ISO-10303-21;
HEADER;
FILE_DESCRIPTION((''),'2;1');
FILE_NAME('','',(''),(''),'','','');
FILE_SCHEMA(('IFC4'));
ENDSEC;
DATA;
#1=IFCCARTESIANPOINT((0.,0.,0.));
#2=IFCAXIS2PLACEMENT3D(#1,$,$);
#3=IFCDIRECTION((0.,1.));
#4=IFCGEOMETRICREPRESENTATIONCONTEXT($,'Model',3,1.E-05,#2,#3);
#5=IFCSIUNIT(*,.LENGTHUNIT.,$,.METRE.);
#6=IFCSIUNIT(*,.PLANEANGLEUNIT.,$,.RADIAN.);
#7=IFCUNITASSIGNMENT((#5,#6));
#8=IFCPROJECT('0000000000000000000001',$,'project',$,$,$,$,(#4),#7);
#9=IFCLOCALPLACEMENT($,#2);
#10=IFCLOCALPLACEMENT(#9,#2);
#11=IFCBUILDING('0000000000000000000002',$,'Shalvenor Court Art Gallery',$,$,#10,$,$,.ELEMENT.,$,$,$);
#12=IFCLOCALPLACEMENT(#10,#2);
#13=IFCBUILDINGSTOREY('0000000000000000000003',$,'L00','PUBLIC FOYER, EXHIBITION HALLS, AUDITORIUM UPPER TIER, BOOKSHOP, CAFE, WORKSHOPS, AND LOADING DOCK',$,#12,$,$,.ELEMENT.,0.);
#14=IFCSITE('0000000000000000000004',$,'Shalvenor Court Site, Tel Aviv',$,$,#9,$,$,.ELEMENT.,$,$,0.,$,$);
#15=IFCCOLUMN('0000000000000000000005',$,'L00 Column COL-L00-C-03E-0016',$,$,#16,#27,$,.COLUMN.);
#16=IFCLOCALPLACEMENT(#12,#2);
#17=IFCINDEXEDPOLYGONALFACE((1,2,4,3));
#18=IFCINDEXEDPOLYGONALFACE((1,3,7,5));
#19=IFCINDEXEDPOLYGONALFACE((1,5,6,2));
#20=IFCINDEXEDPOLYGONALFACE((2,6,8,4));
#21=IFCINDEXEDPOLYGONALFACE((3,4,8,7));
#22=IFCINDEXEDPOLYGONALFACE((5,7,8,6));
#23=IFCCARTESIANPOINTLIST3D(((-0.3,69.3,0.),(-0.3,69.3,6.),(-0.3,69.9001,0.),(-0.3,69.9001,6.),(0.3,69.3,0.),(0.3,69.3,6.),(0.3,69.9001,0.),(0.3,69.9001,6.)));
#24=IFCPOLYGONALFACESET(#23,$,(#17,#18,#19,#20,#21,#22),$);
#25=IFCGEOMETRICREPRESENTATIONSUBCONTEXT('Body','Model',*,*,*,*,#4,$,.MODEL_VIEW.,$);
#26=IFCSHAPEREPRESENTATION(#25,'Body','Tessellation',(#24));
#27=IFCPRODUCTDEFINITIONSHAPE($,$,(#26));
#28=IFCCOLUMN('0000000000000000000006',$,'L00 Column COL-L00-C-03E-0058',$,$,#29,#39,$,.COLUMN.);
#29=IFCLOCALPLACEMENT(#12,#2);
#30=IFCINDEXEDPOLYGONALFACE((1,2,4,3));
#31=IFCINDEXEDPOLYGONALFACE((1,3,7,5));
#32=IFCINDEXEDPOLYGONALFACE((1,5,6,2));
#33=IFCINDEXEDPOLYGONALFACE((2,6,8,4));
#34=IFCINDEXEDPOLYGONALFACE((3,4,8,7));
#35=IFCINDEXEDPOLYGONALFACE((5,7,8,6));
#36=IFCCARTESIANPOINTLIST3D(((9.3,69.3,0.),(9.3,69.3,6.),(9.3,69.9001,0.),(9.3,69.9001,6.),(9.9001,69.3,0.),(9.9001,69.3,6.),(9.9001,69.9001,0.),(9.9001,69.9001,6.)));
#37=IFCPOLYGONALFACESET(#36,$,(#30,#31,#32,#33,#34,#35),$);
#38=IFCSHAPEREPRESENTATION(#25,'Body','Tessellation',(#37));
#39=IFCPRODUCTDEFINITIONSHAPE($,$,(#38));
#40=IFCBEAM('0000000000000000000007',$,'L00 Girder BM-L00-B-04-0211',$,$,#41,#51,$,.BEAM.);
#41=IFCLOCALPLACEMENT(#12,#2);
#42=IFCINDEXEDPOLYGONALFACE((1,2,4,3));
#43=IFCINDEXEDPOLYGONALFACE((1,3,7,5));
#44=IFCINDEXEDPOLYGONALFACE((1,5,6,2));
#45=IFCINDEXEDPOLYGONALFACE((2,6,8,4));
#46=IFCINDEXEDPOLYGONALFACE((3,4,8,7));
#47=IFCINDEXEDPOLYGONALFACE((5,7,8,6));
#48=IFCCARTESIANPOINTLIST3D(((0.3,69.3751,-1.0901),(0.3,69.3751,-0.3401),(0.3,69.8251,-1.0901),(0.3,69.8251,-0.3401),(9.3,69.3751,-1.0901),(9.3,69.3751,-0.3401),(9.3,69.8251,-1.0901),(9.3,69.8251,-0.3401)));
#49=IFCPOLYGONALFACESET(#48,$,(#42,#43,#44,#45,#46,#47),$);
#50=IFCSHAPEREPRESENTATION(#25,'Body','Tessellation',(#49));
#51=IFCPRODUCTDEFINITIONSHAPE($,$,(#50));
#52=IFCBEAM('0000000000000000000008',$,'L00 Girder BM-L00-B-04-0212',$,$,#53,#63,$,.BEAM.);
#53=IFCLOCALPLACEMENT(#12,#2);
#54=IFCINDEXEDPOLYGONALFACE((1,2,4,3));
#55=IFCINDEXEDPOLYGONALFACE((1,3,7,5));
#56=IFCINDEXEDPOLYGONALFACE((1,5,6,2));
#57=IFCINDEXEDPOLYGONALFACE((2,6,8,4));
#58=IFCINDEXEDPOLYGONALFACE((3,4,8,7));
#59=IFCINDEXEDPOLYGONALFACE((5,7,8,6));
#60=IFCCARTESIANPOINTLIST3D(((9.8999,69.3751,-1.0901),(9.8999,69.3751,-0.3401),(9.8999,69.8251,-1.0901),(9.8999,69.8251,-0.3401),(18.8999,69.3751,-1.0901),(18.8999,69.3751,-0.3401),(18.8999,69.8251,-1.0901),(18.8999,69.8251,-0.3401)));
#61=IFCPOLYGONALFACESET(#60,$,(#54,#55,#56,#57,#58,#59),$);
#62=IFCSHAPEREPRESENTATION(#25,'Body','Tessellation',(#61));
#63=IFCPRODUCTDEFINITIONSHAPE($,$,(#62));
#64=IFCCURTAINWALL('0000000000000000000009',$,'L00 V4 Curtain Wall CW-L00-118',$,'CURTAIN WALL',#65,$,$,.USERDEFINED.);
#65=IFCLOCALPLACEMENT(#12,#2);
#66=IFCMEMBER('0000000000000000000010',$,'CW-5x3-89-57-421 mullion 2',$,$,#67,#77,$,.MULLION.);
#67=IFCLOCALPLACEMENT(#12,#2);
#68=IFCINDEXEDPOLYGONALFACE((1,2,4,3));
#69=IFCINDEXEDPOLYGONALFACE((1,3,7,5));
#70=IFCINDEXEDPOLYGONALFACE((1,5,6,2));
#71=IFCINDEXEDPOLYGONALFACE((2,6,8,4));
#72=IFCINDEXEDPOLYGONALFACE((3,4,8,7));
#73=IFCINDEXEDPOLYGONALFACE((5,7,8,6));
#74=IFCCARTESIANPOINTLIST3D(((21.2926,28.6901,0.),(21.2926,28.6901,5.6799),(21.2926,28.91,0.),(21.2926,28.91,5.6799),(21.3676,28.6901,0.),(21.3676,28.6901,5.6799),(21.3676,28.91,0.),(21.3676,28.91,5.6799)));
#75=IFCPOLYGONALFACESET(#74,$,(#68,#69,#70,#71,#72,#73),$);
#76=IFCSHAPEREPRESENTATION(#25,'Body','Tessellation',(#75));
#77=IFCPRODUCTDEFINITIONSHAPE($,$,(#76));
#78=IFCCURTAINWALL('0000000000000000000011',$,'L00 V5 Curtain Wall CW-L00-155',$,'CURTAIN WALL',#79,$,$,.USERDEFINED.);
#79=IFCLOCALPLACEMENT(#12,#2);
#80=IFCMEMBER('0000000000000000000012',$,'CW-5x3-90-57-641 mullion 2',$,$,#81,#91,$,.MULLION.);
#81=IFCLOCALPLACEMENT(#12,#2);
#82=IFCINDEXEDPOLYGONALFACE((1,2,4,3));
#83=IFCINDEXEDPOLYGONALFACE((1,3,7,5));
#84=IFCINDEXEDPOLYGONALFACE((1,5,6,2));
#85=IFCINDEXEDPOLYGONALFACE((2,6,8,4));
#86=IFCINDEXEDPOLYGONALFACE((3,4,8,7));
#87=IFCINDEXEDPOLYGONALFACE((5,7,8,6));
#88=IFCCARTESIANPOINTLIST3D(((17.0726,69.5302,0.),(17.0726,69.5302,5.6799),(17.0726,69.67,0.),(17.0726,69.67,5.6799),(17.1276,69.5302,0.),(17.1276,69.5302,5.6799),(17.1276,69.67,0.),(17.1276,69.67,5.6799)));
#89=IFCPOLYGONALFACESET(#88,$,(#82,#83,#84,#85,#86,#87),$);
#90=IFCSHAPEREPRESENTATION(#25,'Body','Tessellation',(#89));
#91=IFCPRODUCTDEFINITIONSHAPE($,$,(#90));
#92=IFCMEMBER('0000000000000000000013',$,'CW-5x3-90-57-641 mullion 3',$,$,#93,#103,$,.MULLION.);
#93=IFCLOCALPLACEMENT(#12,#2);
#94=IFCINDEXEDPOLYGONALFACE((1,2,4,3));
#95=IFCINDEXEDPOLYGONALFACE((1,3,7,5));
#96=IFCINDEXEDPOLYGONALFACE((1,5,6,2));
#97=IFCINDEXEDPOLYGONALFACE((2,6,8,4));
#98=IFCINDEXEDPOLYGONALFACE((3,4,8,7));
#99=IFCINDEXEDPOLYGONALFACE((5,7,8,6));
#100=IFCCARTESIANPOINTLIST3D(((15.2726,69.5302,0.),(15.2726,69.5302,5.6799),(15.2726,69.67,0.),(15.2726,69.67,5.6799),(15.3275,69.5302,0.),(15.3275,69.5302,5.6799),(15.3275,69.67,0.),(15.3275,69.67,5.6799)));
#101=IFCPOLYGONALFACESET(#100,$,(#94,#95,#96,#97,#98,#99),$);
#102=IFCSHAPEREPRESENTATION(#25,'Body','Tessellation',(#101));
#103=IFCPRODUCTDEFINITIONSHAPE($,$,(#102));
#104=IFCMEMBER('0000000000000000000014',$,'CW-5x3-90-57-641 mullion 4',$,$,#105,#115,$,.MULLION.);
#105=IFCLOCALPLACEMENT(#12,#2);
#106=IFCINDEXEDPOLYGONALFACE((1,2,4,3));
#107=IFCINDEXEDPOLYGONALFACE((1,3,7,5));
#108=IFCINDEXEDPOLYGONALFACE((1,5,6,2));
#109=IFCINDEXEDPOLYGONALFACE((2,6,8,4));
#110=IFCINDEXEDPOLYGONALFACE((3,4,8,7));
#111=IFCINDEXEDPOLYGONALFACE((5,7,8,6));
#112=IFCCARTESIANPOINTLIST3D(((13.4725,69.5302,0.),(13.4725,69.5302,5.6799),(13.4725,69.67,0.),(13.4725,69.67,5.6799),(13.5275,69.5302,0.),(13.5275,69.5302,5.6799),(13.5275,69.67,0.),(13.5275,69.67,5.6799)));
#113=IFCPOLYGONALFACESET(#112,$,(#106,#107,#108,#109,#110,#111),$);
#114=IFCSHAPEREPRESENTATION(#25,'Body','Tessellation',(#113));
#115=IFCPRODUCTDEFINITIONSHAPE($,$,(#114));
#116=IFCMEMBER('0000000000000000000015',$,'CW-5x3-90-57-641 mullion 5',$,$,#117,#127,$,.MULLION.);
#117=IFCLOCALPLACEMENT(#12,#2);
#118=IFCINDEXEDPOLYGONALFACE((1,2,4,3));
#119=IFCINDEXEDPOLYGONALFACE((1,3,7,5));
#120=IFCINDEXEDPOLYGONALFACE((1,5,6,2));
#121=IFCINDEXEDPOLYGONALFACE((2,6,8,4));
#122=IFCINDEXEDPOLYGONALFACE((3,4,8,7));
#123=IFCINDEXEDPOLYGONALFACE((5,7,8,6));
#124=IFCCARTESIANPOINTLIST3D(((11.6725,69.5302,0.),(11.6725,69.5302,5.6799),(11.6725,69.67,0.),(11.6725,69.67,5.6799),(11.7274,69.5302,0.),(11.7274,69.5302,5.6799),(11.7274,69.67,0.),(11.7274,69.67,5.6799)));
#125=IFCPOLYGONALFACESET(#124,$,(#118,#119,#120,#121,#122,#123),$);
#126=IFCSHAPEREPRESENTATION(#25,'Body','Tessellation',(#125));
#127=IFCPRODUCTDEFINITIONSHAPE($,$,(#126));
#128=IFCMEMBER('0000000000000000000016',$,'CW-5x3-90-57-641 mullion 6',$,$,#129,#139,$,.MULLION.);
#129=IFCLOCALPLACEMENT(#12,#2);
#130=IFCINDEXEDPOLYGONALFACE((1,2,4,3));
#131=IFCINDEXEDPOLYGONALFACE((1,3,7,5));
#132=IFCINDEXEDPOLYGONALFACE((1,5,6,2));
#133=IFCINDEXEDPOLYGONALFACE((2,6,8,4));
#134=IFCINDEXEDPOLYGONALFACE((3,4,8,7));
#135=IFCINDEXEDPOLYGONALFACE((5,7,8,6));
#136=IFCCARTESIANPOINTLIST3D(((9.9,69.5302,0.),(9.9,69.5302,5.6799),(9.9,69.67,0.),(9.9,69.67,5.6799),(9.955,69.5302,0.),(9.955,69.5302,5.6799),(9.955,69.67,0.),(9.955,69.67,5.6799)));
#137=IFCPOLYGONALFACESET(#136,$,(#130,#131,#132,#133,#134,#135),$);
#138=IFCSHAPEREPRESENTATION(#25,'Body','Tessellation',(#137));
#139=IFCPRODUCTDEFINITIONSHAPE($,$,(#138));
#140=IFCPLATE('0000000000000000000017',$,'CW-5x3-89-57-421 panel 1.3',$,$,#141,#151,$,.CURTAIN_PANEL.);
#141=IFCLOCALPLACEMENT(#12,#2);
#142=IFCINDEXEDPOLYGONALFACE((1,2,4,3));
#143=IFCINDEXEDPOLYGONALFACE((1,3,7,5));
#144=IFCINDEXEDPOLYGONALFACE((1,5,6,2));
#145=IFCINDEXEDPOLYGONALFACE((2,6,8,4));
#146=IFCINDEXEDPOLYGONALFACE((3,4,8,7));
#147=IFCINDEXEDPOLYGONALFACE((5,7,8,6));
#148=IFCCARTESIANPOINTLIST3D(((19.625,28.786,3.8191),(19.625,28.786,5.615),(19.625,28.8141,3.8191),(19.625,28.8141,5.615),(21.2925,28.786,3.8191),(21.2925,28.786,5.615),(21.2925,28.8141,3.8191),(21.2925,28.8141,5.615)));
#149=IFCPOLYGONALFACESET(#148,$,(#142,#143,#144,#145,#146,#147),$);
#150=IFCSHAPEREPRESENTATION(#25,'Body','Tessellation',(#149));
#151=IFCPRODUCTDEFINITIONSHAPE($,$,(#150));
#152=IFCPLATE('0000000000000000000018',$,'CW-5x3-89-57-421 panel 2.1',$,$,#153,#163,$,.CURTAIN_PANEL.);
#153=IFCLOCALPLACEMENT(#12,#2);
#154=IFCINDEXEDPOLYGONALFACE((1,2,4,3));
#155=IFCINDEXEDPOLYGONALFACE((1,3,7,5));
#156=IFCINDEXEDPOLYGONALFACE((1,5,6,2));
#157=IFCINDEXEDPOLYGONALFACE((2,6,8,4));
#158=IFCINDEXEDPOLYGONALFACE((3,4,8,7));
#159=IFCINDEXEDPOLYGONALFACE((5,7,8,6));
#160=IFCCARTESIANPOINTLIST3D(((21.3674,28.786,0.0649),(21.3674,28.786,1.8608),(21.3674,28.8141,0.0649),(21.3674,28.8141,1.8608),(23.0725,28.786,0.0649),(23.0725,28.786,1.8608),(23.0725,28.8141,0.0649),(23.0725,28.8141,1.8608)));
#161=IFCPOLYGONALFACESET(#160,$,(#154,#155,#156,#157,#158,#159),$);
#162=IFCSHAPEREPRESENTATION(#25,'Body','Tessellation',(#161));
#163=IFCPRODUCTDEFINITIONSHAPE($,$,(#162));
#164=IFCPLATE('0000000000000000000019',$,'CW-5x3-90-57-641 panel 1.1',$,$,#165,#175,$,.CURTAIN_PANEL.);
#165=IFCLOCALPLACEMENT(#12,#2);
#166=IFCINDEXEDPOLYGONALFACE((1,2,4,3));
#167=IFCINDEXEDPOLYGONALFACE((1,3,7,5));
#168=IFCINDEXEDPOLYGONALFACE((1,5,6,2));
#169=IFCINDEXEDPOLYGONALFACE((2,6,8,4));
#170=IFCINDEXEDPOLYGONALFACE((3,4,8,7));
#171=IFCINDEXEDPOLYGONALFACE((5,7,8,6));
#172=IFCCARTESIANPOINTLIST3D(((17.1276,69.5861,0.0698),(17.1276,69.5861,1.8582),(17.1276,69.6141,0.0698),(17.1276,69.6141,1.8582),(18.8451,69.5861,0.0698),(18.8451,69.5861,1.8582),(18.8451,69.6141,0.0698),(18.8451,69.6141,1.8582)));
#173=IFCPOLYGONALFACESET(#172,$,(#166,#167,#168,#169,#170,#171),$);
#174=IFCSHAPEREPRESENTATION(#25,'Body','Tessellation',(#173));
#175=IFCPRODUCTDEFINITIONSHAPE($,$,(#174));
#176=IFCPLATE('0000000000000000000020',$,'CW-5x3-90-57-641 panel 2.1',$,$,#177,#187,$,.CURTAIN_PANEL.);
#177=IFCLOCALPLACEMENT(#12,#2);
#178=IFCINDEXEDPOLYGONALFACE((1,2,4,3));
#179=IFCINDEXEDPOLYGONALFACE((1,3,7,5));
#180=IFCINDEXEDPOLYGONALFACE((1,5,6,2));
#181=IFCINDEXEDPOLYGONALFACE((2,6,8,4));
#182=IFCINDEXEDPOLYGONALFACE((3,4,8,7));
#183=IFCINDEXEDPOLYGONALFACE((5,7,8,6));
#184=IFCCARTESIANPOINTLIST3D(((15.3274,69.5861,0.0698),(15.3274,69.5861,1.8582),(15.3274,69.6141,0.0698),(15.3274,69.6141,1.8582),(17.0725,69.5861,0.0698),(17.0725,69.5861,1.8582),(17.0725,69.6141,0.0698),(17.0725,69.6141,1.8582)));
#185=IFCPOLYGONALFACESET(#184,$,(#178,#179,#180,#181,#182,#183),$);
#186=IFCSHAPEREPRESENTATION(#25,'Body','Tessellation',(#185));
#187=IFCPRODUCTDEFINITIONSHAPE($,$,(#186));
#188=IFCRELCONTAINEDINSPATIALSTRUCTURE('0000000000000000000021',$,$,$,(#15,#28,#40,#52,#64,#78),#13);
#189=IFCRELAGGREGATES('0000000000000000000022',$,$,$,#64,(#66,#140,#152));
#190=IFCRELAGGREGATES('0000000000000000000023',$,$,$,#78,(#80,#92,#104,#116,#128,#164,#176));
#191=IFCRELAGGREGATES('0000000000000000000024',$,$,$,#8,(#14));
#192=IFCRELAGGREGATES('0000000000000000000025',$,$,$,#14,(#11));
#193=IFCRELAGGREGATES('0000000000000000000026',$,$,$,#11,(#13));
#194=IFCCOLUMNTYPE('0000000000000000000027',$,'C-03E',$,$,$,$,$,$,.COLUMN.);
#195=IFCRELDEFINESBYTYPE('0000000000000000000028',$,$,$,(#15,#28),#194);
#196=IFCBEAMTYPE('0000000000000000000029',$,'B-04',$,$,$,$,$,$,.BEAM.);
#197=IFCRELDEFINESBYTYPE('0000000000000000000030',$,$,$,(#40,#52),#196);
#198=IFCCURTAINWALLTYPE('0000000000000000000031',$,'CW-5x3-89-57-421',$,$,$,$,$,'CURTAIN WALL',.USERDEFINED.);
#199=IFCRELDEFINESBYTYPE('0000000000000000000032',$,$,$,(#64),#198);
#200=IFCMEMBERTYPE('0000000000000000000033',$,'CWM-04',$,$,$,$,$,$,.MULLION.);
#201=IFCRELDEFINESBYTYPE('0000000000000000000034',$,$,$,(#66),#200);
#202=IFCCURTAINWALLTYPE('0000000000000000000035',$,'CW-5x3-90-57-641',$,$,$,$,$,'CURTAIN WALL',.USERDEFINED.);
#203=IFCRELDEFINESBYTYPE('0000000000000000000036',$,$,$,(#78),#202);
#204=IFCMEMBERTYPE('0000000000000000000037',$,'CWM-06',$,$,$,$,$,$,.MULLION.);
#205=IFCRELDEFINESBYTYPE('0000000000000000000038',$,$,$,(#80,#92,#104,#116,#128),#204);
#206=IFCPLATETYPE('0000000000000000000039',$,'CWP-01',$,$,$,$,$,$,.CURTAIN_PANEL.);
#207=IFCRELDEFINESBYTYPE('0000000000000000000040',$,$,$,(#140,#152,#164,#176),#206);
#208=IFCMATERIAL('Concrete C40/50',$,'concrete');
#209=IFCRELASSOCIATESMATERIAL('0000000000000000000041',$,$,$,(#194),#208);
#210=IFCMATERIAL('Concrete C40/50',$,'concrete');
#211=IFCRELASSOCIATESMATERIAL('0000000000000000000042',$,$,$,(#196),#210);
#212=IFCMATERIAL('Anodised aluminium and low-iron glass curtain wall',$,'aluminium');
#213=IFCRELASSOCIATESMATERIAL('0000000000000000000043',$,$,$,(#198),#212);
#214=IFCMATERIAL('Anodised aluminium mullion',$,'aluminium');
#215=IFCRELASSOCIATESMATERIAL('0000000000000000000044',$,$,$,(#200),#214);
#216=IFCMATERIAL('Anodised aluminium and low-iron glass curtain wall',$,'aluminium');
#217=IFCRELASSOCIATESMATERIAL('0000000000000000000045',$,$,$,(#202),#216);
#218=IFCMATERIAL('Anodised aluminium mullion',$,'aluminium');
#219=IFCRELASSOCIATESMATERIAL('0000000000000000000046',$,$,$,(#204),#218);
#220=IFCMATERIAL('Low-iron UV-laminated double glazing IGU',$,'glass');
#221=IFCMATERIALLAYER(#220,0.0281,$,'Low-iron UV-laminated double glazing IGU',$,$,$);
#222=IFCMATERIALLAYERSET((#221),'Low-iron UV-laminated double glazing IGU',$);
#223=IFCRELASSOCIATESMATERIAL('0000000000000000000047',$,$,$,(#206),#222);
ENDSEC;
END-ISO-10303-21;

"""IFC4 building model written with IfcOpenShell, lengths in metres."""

from ifc_helpers import new_model, si_unit, direction, frame, origin, origin_2d, place, context, subcontext, project, spatial, rectangle, extrude, material, layer, layer_set, material_profile, profile_set, type_object, element, aggregate, save


model = new_model("IFC4")

# Units and contexts
model_context = context("Model", 3, precision=1e-05, world=origin(), true_north=direction((0.0, 1.0)))
body_context = subcontext(model_context, "Body", "Model", "MODEL_VIEW")
ifc_project = project(units=[si_unit("LENGTHUNIT", "METRE"), si_unit("PLANEANGLEUNIT", "RADIAN")], contexts=[model_context])

# Site, building, storey
site_placement = place(None, origin())
site = spatial("IfcSite", under=ifc_project, at=site_placement, Name="Shalvenor Court Site, Tel Aviv", CompositionType="ELEMENT", RefElevation=0.0)
building_placement = place(site_placement, origin())
building = spatial("IfcBuilding", under=site, at=building_placement, Name="Shalvenor Court Art Gallery", CompositionType="ELEMENT")
storey_placement = place(building_placement, origin())
storey = spatial("IfcBuildingStorey", under=building, at=storey_placement, Name="L00", Description="PUBLIC FOYER, EXHIBITION HALLS, AUDITORIUM UPPER TIER, BOOKSHOP, CAFE, WORKSHOPS, AND LOADING DOCK", CompositionType="ELEMENT", Elevation=0.0)

# Columns
ifc_material_1 = material(Name="Concrete C40/50", Category="concrete")
ifc_material_profile_1 = material_profile(ifc_material_1, rectangle(XDim=0.6001, YDim=0.6001, at=origin_2d()), Name="RC 600x600")
ifc_profile_set_1 = profile_set([ifc_material_profile_1], Name="Concrete C40/50")
column_type = type_object("IfcColumnType", Name="C-03E", PredefinedType="COLUMN", material=ifc_profile_set_1)
for number, where, z_axis, x_axis, name in (
    (1, (0.0, 69.6001, 0.0), (0.0, 0.0, 1.0), (1.0, 0.0, 0.0), "L00 Column COL-L00-C-03E-0016"),
    (2, (9.6001, 69.6001, 0.0), (0.0, 0.0, 1.0), (1.0, 0.0, 0.0), "L00 Column COL-L00-C-03E-0058"),
):
    element("IfcColumn", number, at=place(storey_placement, frame(where, z_axis=z_axis, x_axis=x_axis)), inside=storey, type_object=column_type, Name=name, PredefinedType="COLUMN", context=body_context, shape_type="SweptSolid", body=[
        extrude(rectangle(XDim=0.6001, YDim=0.6001, at=origin_2d()), origin(), (0.0, 0.0, 1.0), 6.0),
    ])

# Beams
ifc_material_2 = material(Name="Concrete C40/50", Category="concrete")
ifc_material_profile_2 = material_profile(ifc_material_2, rectangle(XDim=0.45, YDim=0.75, at=origin_2d()), Name="RC 450x750")
ifc_profile_set_2 = profile_set([ifc_material_profile_2], Name="Concrete C40/50")
beam_type = type_object("IfcBeamType", Name="B-04", PredefinedType="BEAM", material=ifc_profile_set_2)
for number, where, z_axis, x_axis, name in (
    (3, (0.3, 69.6001, -0.7151), (1.0, 0.0, 0.0), (0.0, 1.0, 0.0), "L00 Girder BM-L00-B-04-0211"),
    (4, (9.8999, 69.6001, -0.7151), (1.0, 0.0, 0.0), (0.0, 1.0, 0.0), "L00 Girder BM-L00-B-04-0212"),
):
    element("IfcBeam", number, at=place(storey_placement, frame(where, z_axis=z_axis, x_axis=x_axis)), inside=storey, type_object=beam_type, Name=name, PredefinedType="BEAM", context=body_context, shape_type="SweptSolid", body=[
        extrude(rectangle(XDim=0.45, YDim=0.75, at=origin_2d()), origin(), (0.0, 0.0, 1.0), 9.0),
    ])

# Curtain wall, member
ifc_material_3 = material(Name="Anodised aluminium and low-iron glass curtain wall", Category="aluminium")
curtain_wall_type_1 = type_object("IfcCurtainWallType", Name="CW-5x3-89-57-421", ElementType="CURTAIN WALL", PredefinedType="USERDEFINED", material=ifc_material_3)
curtain_wall_1_placement = place(storey_placement, origin())
curtain_wall_1 = element("IfcCurtainWall", 5, at=curtain_wall_1_placement, inside=storey, type_object=curtain_wall_type_1, Name="L00 V4 Curtain Wall CW-L00-118", ObjectType="CURTAIN WALL", PredefinedType="USERDEFINED")
ifc_material_4 = material(Name="Anodised aluminium mullion", Category="aluminium")
ifc_material_profile_3 = material_profile(ifc_material_4, rectangle(XDim=0.075, YDim=0.22, at=origin_2d()), Name="CWM-04")
ifc_profile_set_3 = profile_set([ifc_material_profile_3], Name="Anodised aluminium mullion")
member_type_1 = type_object("IfcMemberType", Name="CWM-04", PredefinedType="MULLION", material=ifc_profile_set_3)
member_1_placement = place(storey_placement, frame((21.3301, 28.8, 0.0), z_axis=(0.0, 0.0, 1.0), x_axis=(1.0, 0.0, 0.0)))
member_1 = element("IfcMember", 6, at=member_1_placement, type_object=member_type_1, Name="CW-5x3-89-57-421 mullion 2", PredefinedType="MULLION", context=body_context, shape_type="SweptSolid", body=[
    extrude(rectangle(XDim=0.075, YDim=0.22, at=origin_2d()), origin(), (0.0, 0.0, 1.0), 5.6799),
])

# Curtain wall, members
ifc_material_5 = material(Name="Anodised aluminium and low-iron glass curtain wall", Category="aluminium")
curtain_wall_type_2 = type_object("IfcCurtainWallType", Name="CW-5x3-90-57-641", ElementType="CURTAIN WALL", PredefinedType="USERDEFINED", material=ifc_material_5)
curtain_wall_2_placement = place(storey_placement, origin())
curtain_wall_2 = element("IfcCurtainWall", 7, at=curtain_wall_2_placement, inside=storey, type_object=curtain_wall_type_2, Name="L00 V5 Curtain Wall CW-L00-155", ObjectType="CURTAIN WALL", PredefinedType="USERDEFINED")
ifc_material_6 = material(Name="Anodised aluminium mullion", Category="aluminium")
ifc_material_profile_4 = material_profile(ifc_material_6, rectangle(XDim=0.0549, YDim=0.1399, at=origin_2d()), Name="CWM-06")
ifc_profile_set_4 = profile_set([ifc_material_profile_4], Name="Anodised aluminium mullion")
member_type_2 = type_object("IfcMemberType", Name="CWM-06", PredefinedType="MULLION", material=ifc_profile_set_4)
member_2_placement = place(storey_placement, frame((17.1001, 69.6001, 0.0), z_axis=(0.0, 0.0, 1.0), x_axis=(-1.0, 0.0, 0.0)))
member_2 = element("IfcMember", 8, at=member_2_placement, type_object=member_type_2, Name="CW-5x3-90-57-641 mullion 2", PredefinedType="MULLION", context=body_context, shape_type="SweptSolid", body=[
    extrude(rectangle(XDim=0.0549, YDim=0.1399, at=origin_2d()), origin(), (0.0, 0.0, 1.0), 5.6799),
])
member_3_placement = place(storey_placement, frame((15.3, 69.6001, 0.0), z_axis=(0.0, 0.0, 1.0), x_axis=(-1.0, 0.0, 0.0)))
member_3 = element("IfcMember", 9, at=member_3_placement, type_object=member_type_2, Name="CW-5x3-90-57-641 mullion 3", PredefinedType="MULLION", context=body_context, shape_type="SweptSolid", body=[
    extrude(rectangle(XDim=0.0549, YDim=0.1399, at=origin_2d()), origin(), (0.0, 0.0, 1.0), 5.6799),
])
member_4_placement = place(storey_placement, frame((13.5, 69.6001, 0.0), z_axis=(0.0, 0.0, 1.0), x_axis=(-1.0, 0.0, 0.0)))
member_4 = element("IfcMember", 10, at=member_4_placement, type_object=member_type_2, Name="CW-5x3-90-57-641 mullion 4", PredefinedType="MULLION", context=body_context, shape_type="SweptSolid", body=[
    extrude(rectangle(XDim=0.0549, YDim=0.1399, at=origin_2d()), origin(), (0.0, 0.0, 1.0), 5.6799),
])
member_5_placement = place(storey_placement, frame((11.7, 69.6001, 0.0), z_axis=(0.0, 0.0, 1.0), x_axis=(-1.0, 0.0, 0.0)))
member_5 = element("IfcMember", 11, at=member_5_placement, type_object=member_type_2, Name="CW-5x3-90-57-641 mullion 5", PredefinedType="MULLION", context=body_context, shape_type="SweptSolid", body=[
    extrude(rectangle(XDim=0.0549, YDim=0.1399, at=origin_2d()), origin(), (0.0, 0.0, 1.0), 5.6799),
])
member_6_placement = place(storey_placement, frame((9.9275, 69.6001, 0.0), z_axis=(0.0, 0.0, 1.0), x_axis=(-1.0, 0.0, 0.0)))
member_6 = element("IfcMember", 12, at=member_6_placement, type_object=member_type_2, Name="CW-5x3-90-57-641 mullion 6", PredefinedType="MULLION", context=body_context, shape_type="SweptSolid", body=[
    extrude(rectangle(XDim=0.0549, YDim=0.1399, at=origin_2d()), origin(), (0.0, 0.0, 1.0), 5.6799),
])

# Plates
ifc_material_7 = material(Name="Low-iron UV-laminated double glazing IGU", Category="glass")
ifc_layer_1 = layer(ifc_material_7, 0.0281, Name="Low-iron UV-laminated double glazing IGU")
ifc_layer_set_1 = layer_set([ifc_layer_1], Name="Low-iron UV-laminated double glazing IGU")
plate_type_1 = type_object("IfcPlateType", Name="CWP-01", PredefinedType="CURTAIN_PANEL", material=ifc_layer_set_1)
plate_1_placement = place(storey_placement, frame((20.4587, 28.8, 3.8191), z_axis=(0.0, 0.0, 1.0), x_axis=(1.0, 0.0, 0.0)))
plate_1 = element("IfcPlate", 13, at=plate_1_placement, type_object=plate_type_1, Name="CW-5x3-89-57-421 panel 1.3", PredefinedType="CURTAIN_PANEL", context=body_context, shape_type="SweptSolid", body=[
    extrude(rectangle(XDim=1.6675, YDim=0.0281, at=origin_2d()), origin(), (0.0, 0.0, 1.0), 1.7959),
])
plate_2_placement = place(storey_placement, frame((22.22, 28.8, 0.0649), z_axis=(0.0, 0.0, 1.0), x_axis=(1.0, 0.0, 0.0)))
plate_2 = element("IfcPlate", 14, at=plate_2_placement, type_object=plate_type_1, Name="CW-5x3-89-57-421 panel 2.1", PredefinedType="CURTAIN_PANEL", context=body_context, shape_type="SweptSolid", body=[
    extrude(rectangle(XDim=1.7051, YDim=0.0281, at=origin_2d()), origin(), (0.0, 0.0, 1.0), 1.7959),
])
aggregate(curtain_wall_1, [member_1, plate_1, plate_2])
plate_3_placement = place(storey_placement, frame((17.9863, 69.6001, 0.0698), z_axis=(0.0, 0.0, 1.0), x_axis=(-1.0, 0.0, 0.0)))
plate_3 = element("IfcPlate", 15, at=plate_3_placement, type_object=plate_type_1, Name="CW-5x3-90-57-641 panel 1.1", PredefinedType="CURTAIN_PANEL", context=body_context, shape_type="SweptSolid", body=[
    extrude(rectangle(XDim=1.7175, YDim=0.0281, at=origin_2d()), origin(), (0.0, 0.0, 1.0), 1.7883),
])
plate_4_placement = place(storey_placement, frame((16.2, 69.6001, 0.0698), z_axis=(0.0, 0.0, 1.0), x_axis=(-1.0, 0.0, 0.0)))
plate_4 = element("IfcPlate", 16, at=plate_4_placement, type_object=plate_type_1, Name="CW-5x3-90-57-641 panel 2.1", PredefinedType="CURTAIN_PANEL", context=body_context, shape_type="SweptSolid", body=[
    extrude(rectangle(XDim=1.7451, YDim=0.0281, at=origin_2d()), origin(), (0.0, 0.0, 1.0), 1.7883),
])
aggregate(curtain_wall_2, [member_2, member_3, member_4, member_5, member_6, plate_3, plate_4])

save(model, "model.ifc")
